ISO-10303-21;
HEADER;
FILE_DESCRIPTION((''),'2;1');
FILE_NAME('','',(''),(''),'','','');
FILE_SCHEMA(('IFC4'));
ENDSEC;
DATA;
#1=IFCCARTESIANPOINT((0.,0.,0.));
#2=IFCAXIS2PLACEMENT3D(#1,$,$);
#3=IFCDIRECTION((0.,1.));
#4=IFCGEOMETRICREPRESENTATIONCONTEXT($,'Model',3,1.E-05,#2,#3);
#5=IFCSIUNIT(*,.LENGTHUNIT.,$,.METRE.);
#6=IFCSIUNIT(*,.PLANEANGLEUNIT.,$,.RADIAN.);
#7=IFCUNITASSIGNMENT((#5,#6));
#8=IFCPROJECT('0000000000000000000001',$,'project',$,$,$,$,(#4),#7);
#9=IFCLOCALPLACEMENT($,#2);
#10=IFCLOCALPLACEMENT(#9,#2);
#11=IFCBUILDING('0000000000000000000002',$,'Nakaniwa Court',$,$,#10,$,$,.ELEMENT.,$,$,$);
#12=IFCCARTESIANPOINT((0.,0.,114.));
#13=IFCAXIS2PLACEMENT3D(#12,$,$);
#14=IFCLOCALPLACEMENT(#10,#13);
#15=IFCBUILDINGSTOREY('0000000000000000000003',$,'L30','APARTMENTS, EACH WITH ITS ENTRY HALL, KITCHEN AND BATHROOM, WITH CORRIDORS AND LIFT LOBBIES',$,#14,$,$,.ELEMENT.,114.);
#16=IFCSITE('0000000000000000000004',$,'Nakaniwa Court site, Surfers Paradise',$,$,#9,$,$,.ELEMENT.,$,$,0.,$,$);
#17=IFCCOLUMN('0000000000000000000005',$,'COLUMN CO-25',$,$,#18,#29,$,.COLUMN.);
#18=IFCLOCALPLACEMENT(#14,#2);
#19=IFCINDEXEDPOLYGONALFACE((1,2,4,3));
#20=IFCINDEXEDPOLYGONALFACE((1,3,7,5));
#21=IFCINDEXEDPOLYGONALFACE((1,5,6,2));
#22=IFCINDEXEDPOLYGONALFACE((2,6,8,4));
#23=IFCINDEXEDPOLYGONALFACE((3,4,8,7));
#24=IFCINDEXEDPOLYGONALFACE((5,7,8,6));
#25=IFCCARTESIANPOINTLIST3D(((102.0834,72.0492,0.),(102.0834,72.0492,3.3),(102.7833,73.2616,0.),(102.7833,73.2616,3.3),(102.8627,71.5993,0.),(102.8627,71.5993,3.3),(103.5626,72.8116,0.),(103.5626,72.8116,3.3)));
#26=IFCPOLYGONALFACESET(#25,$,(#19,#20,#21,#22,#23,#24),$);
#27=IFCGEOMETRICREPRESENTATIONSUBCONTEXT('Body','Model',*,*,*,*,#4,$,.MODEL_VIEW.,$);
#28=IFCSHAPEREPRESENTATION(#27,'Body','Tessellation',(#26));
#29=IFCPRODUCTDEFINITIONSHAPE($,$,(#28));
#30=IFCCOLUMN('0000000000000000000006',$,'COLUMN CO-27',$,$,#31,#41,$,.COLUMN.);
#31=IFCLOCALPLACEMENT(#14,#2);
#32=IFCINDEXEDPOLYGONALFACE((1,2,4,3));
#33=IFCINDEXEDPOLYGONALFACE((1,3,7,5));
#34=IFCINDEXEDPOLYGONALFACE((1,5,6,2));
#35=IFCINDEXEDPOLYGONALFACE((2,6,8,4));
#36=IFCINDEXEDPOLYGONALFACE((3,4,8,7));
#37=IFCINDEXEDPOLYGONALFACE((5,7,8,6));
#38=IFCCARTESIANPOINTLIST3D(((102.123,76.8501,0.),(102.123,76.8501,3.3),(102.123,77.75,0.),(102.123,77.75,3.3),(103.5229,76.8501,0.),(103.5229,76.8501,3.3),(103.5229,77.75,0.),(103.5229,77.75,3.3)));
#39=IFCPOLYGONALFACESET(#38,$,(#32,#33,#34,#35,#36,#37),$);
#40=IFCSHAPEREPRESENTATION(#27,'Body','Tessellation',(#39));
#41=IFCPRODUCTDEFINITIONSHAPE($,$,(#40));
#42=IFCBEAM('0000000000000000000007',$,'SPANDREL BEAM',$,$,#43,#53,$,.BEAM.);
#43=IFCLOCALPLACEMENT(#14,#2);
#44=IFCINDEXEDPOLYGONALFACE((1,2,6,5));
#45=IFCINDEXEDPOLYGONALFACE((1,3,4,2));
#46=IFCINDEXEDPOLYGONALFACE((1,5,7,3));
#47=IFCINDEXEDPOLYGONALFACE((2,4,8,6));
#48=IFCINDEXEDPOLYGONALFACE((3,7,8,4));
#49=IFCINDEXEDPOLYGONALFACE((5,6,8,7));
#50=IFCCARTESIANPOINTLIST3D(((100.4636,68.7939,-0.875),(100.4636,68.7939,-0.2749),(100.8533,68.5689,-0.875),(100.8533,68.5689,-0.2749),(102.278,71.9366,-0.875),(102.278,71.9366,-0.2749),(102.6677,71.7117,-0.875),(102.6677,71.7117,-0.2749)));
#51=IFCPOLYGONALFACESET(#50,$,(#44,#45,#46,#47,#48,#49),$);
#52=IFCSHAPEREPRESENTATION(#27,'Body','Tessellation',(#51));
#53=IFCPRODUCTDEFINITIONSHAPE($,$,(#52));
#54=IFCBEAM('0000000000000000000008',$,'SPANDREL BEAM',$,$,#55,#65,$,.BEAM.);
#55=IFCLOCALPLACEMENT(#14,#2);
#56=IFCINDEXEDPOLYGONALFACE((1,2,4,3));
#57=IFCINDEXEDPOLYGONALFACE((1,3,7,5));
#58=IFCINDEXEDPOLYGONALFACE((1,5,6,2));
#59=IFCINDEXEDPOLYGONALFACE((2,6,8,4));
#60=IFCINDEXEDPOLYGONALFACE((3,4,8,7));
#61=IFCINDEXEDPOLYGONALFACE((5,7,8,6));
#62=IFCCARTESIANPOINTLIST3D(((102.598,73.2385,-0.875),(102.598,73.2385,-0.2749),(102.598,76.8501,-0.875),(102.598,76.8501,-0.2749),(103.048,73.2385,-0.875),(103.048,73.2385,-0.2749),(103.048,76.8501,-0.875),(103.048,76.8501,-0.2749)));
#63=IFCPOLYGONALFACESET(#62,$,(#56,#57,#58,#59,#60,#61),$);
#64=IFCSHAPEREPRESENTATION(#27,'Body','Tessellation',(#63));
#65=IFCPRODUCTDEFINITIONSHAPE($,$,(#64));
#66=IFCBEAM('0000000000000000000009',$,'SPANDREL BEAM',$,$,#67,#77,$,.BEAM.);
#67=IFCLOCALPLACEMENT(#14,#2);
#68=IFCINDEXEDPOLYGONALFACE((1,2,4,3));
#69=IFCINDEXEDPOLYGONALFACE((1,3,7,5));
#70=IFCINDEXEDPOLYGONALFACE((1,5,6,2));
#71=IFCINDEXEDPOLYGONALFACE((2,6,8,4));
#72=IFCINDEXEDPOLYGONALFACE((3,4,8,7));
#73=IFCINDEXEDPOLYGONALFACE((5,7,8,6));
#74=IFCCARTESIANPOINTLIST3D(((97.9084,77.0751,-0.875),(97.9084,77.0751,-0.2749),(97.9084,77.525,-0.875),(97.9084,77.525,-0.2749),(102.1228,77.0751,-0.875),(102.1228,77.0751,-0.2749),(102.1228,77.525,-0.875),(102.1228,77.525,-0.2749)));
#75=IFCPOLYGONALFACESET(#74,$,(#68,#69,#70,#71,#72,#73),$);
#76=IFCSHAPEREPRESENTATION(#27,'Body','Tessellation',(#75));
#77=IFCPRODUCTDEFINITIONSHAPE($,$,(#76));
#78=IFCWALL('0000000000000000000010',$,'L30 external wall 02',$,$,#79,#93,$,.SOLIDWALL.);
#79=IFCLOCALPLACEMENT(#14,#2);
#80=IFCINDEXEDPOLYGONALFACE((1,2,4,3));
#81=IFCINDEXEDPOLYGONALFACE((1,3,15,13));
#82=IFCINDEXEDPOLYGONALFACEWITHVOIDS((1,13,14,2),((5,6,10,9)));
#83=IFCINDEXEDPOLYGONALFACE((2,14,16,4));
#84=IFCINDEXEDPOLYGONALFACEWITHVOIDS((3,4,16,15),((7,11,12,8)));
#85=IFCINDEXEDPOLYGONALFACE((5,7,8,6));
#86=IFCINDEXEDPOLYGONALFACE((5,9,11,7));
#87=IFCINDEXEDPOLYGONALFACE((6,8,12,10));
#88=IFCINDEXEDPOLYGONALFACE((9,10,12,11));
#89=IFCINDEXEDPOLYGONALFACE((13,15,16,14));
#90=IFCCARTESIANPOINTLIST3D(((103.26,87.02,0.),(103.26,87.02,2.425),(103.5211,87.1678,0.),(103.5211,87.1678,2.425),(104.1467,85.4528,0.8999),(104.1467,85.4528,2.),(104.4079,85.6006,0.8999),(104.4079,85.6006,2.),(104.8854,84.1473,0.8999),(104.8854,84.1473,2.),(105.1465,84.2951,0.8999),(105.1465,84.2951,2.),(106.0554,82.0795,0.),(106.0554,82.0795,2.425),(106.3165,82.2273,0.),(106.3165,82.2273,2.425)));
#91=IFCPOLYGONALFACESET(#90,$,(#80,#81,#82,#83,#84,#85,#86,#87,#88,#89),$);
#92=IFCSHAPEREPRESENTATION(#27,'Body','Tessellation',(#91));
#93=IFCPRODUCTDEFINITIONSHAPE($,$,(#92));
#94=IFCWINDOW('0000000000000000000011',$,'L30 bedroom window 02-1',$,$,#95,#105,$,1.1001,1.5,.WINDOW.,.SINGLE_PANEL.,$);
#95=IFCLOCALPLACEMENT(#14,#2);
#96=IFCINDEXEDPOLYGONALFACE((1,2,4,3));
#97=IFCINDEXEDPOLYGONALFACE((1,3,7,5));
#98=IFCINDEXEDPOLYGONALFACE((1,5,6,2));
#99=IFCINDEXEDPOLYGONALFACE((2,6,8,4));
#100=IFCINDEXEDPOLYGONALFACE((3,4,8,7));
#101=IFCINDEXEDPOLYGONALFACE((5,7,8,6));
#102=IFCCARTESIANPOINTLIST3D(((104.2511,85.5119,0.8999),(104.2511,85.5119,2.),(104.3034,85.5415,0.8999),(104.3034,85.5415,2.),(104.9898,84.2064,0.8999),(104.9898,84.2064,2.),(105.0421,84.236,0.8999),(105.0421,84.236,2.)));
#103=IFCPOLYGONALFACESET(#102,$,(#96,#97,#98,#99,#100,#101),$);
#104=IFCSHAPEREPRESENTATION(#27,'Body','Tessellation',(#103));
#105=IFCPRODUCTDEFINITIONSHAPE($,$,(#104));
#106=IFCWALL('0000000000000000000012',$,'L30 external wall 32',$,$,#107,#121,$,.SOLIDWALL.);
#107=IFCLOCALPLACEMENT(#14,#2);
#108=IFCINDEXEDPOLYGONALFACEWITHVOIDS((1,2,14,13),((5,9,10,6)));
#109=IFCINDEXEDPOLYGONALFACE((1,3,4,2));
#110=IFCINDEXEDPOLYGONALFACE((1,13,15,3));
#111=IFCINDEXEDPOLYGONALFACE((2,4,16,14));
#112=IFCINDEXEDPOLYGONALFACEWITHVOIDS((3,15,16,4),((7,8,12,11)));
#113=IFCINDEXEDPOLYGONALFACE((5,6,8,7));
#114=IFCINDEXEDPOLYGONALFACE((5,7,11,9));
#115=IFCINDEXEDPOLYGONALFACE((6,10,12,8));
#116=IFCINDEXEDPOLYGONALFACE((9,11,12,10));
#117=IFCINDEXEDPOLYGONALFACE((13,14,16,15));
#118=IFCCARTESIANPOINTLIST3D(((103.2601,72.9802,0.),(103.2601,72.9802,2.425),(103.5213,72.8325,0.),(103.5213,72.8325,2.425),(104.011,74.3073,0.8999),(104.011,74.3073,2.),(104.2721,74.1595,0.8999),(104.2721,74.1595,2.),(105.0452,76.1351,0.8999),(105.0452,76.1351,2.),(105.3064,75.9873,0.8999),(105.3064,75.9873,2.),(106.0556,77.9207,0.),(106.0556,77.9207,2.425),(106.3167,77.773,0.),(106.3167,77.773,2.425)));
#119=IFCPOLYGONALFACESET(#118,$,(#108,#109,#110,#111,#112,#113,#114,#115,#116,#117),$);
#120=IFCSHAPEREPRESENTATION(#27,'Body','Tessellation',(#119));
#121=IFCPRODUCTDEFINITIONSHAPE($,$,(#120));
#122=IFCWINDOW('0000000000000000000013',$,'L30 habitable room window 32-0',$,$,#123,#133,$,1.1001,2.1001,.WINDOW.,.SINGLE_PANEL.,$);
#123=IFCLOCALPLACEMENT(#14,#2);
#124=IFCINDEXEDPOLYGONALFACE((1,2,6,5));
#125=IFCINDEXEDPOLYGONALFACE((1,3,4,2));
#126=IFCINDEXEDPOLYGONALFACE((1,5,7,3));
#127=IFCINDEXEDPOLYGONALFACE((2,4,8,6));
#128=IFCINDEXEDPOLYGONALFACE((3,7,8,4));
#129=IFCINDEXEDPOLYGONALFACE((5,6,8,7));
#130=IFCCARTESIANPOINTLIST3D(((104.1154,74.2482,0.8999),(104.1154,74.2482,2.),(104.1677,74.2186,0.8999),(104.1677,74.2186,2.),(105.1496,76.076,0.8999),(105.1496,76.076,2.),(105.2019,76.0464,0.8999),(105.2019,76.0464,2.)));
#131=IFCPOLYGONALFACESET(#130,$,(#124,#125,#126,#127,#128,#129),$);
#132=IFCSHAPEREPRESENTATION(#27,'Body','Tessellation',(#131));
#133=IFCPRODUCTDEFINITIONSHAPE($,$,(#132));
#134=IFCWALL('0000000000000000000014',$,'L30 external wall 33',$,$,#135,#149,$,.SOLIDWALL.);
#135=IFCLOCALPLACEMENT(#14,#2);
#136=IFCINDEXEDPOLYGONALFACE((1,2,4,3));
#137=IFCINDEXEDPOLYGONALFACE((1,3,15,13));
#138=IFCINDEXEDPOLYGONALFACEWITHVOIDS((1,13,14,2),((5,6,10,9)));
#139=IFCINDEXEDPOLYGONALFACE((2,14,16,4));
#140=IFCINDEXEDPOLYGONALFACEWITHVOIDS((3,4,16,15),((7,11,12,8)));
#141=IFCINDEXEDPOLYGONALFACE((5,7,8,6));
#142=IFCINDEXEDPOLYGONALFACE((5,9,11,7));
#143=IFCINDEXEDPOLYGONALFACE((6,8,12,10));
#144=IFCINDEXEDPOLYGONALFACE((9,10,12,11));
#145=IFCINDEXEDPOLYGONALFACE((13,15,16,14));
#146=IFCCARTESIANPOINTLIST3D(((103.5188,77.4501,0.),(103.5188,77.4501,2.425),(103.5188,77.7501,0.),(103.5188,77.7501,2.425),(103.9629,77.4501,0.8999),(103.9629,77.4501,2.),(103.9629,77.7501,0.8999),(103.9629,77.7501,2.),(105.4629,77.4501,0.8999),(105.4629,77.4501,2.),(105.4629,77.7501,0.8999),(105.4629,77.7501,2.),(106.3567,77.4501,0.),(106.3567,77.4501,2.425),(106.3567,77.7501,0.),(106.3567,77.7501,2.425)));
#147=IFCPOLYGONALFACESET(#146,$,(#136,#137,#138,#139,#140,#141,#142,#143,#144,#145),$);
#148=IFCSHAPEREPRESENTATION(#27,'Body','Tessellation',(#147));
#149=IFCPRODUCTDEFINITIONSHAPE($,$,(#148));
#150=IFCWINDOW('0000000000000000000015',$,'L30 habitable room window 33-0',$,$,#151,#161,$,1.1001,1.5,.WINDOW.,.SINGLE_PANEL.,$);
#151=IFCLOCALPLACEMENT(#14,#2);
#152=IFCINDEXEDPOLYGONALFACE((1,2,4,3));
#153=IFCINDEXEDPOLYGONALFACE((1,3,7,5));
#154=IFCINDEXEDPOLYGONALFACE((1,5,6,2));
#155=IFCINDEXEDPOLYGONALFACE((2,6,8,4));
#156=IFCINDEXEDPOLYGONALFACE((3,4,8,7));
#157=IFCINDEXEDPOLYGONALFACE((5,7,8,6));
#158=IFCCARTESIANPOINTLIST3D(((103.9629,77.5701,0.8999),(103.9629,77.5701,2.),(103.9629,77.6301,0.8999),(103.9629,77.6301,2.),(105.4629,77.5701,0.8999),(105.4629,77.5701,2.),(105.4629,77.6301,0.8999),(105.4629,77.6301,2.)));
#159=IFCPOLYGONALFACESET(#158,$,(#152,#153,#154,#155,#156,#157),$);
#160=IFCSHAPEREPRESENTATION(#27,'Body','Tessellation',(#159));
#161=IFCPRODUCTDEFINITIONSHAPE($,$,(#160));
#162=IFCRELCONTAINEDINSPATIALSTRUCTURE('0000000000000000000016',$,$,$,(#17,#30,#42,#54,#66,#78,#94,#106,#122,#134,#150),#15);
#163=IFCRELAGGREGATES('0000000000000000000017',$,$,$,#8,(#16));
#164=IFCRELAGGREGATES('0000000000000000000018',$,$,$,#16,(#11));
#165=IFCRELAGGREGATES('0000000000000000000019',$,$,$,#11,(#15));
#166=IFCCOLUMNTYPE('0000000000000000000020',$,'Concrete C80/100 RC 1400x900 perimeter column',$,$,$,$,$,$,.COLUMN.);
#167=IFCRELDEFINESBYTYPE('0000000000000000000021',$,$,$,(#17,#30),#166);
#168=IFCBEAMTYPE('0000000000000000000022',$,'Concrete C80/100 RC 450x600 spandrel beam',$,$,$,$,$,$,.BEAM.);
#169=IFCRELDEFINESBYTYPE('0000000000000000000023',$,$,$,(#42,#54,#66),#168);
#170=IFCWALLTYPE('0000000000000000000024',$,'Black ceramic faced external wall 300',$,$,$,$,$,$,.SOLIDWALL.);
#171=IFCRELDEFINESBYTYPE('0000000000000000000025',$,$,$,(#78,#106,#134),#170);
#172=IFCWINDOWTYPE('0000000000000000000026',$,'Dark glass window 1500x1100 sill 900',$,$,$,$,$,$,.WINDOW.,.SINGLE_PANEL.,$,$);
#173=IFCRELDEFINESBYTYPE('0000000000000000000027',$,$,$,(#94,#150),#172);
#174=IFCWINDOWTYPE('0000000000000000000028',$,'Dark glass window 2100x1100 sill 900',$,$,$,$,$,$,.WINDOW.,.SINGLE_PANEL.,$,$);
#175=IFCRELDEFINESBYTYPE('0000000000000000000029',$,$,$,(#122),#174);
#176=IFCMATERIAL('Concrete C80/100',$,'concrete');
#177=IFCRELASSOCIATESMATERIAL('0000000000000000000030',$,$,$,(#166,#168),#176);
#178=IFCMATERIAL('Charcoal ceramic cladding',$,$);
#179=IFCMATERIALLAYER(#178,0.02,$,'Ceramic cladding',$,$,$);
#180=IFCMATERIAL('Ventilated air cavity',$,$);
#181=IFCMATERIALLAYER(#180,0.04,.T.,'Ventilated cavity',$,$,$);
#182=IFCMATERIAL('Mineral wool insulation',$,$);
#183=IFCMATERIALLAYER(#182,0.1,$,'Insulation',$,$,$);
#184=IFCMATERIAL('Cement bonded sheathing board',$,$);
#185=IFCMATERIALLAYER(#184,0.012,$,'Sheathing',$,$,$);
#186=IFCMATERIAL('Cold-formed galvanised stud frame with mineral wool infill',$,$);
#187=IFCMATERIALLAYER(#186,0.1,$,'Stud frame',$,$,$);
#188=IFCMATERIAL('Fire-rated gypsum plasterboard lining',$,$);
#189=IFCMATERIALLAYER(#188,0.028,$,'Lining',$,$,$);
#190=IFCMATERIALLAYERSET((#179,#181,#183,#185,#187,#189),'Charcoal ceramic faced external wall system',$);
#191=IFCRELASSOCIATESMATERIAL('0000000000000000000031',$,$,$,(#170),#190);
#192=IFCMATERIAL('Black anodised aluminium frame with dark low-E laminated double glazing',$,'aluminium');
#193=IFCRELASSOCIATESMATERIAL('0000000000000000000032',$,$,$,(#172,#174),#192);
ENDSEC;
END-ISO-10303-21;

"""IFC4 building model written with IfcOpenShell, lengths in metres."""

from ifc_helpers import new_model, si_unit, direction, frame, frame_2d, origin, origin_2d, place, context, subcontext, project, spatial, rectangle, extrude, material, layer, layer_set, material_profile, profile_set, type_object, element, fill, save


model = new_model("IFC4")

# Units and contexts
model_context = context("Model", 3, precision=1e-05, world=origin(), true_north=direction((0.0, 1.0)))
body_context = subcontext(model_context, "Body", "Model", "MODEL_VIEW")
ifc_project = project(units=[si_unit("LENGTHUNIT", "METRE"), si_unit("PLANEANGLEUNIT", "RADIAN")], contexts=[model_context])

# Site, building, storey
site_placement = place(None, origin())
site = spatial("IfcSite", under=ifc_project, at=site_placement, Name="Nakaniwa Court site, Surfers Paradise", CompositionType="ELEMENT", RefElevation=0.0)
building_placement = place(site_placement, origin())
building = spatial("IfcBuilding", under=site, at=building_placement, Name="Nakaniwa Court", CompositionType="ELEMENT")
storey_placement = place(building_placement, frame((0.0, 0.0, 114.0)))
storey = spatial("IfcBuildingStorey", under=building, at=storey_placement, Name="L30", Description="APARTMENTS, EACH WITH ITS ENTRY HALL, KITCHEN AND BATHROOM, WITH CORRIDORS AND LIFT LOBBIES", CompositionType="ELEMENT", Elevation=114.0)

# Columns
ifc_material_1 = material(Name="Concrete C80/100", Category="concrete")
ifc_material_profile_1 = material_profile(ifc_material_1, rectangle(XDim=1.3999, YDim=0.8999, at=origin_2d()), Name="Concrete C80/100 RC 1400x900 perimeter column")
ifc_profile_set_1 = profile_set([ifc_material_profile_1], Name="Concrete C80/100")
column_type = type_object("IfcColumnType", Name="Concrete C80/100 RC 1400x900 perimeter column", PredefinedType="COLUMN", material=ifc_profile_set_1)
for number, where, z_axis, x_axis, name in (
    (1, (102.823, 72.4304, 0.0), (0.0, 0.0, 1.0), (0.5, 0.866025, 0.0), "COLUMN CO-25"),
    (2, (102.823, 77.3, 0.0), (0.0, 0.0, 1.0), (-1.0, 0.0, 0.0), "COLUMN CO-27"),
):
    element("IfcColumn", number, at=place(storey_placement, frame(where, z_axis=z_axis, x_axis=x_axis)), inside=storey, type_object=column_type, Name=name, PredefinedType="COLUMN", context=body_context, shape_type="SweptSolid", body=[
        extrude(rectangle(XDim=1.3999, YDim=0.8999, at=origin_2d()), origin(), (0.0, 0.0, 1.0), 3.3),
    ])

# Beams
ifc_material_profile_2 = material_profile(ifc_material_1, rectangle(XDim=0.45, YDim=0.6001, at=origin_2d()), Name="Concrete C80/100 RC 450x600 spandrel beam")
ifc_profile_set_2 = profile_set([ifc_material_profile_2], Name="Concrete C80/100")
beam_type = type_object("IfcBeamType", Name="Concrete C80/100 RC 450x600 spandrel beam", PredefinedType="BEAM", material=ifc_profile_set_2)
beam_1_placement = place(storey_placement, frame((100.6584, 68.6814, -0.575), z_axis=(0.499988, 0.866032, 0.0), x_axis=(-0.866032, 0.499988, 0.0)))
element("IfcBeam", 3, at=beam_1_placement, inside=storey, type_object=beam_type, Name="SPANDREL BEAM", PredefinedType="BEAM", context=body_context, shape_type="SweptSolid", body=[
    extrude(rectangle(XDim=0.45, YDim=0.6001, at=origin_2d()), origin(), (0.0, 0.0, 1.0), 3.6289),
])
beam_2_placement = place(storey_placement, frame((102.823, 73.2385, -0.575), z_axis=(0.0, 1.0, 0.0), x_axis=(-1.0, 0.0, 0.0)))
element("IfcBeam", 4, at=beam_2_placement, inside=storey, type_object=beam_type, Name="SPANDREL BEAM", PredefinedType="BEAM", context=body_context, shape_type="SweptSolid", body=[
    extrude(rectangle(XDim=0.45, YDim=0.6001, at=origin_2d()), origin(), (0.0, 0.0, 1.0), 3.6116),
])
beam_3_placement = place(storey_placement, frame((102.1228, 77.3, -0.575), z_axis=(-1.0, 0.0, 0.0), x_axis=(0.0, -1.0, 0.0)))
element("IfcBeam", 5, at=beam_3_placement, inside=storey, type_object=beam_type, Name="SPANDREL BEAM", PredefinedType="BEAM", context=body_context, shape_type="SweptSolid", body=[
    extrude(rectangle(XDim=0.45, YDim=0.6001, at=origin_2d()), origin(), (0.0, 0.0, 1.0), 4.2144),
])

# Walls, openings, windows
ifc_material_2 = material(Name="Charcoal ceramic cladding")
ifc_layer_1 = layer(ifc_material_2, 0.02, Name="Ceramic cladding")
ifc_material_3 = material(Name="Ventilated air cavity")
ifc_layer_2 = layer(ifc_material_3, 0.04, ventilated=True, Name="Ventilated cavity")
ifc_material_4 = material(Name="Mineral wool insulation")
ifc_layer_3 = layer(ifc_material_4, 0.1, Name="Insulation")
ifc_material_5 = material(Name="Cement bonded sheathing board")
ifc_layer_4 = layer(ifc_material_5, 0.012, Name="Sheathing")
ifc_material_6 = material(Name="Cold-formed galvanised stud frame with mineral wool infill")
ifc_layer_5 = layer(ifc_material_6, 0.1, Name="Stud frame")
ifc_material_7 = material(Name="Fire-rated gypsum plasterboard lining")
ifc_layer_6 = layer(ifc_material_7, 0.028, Name="Lining")
ifc_layer_set = layer_set([ifc_layer_1, ifc_layer_2, ifc_layer_3, ifc_layer_4, ifc_layer_5, ifc_layer_6], Name="Charcoal ceramic faced external wall system")
wall_type = type_object("IfcWallType", Name="Black ceramic faced external wall 300", PredefinedType="SOLIDWALL", material=ifc_layer_set)
wall_1_placement = place(storey_placement, frame((106.186, 82.1533, 0.0), z_axis=(0.0, 0.0, 1.0), x_axis=(-0.492457, 0.870337, 0.0)))
wall_1 = element("IfcWall", 6, at=wall_1_placement, inside=storey, type_object=wall_type, Name="L30 external wall 02", PredefinedType="SOLIDWALL", context=body_context, shape_type="SweptSolid", body=[
    extrude(rectangle(XDim=5.6765, YDim=0.3, at=frame_2d((2.8384, 0.0))), origin(), (0.0, 0.0, 1.0), 2.425),
])
opening_1_placement = place(wall_1_placement, frame((2.376, 0.0, 0.8999)))
opening_1 = element("IfcOpeningElement", 7, at=opening_1_placement, cuts=wall_1, PredefinedType="OPENING", context=body_context, shape_type="SweptSolid", body=[
    extrude(rectangle(XDim=1.5, YDim=1.1001, at=frame_2d((0.75, 0.55))), frame((0.0, 0.1599, 0.0), z_axis=(0.0, -1.0, 0.0), x_axis=(1.0, 0.0, 0.0)), (0.0, 0.0, 1.0), 0.3201),
])
ifc_material_8 = material(Name="Black anodised aluminium frame with dark low-E laminated double glazing", Category="aluminium")
window_type_1 = type_object("IfcWindowType", Name="Dark glass window 1500x1100 sill 900", PartitioningType="SINGLE_PANEL", PredefinedType="WINDOW", material=ifc_material_8)
window_1_placement = place(opening_1_placement, origin())
window_1 = element("IfcWindow", 8, at=window_1_placement, inside=storey, type_object=window_type_1, Name="L30 bedroom window 02-1", OverallHeight=1.1001, OverallWidth=1.5, PartitioningType="SINGLE_PANEL", PredefinedType="WINDOW", context=body_context, shape_type="SweptSolid", body=[
    extrude(rectangle(XDim=1.5, YDim=1.1001, at=frame_2d((0.75, 0.55))), frame((0.0, 0.03, 0.0), z_axis=(0.0, -1.0, 0.0), x_axis=(1.0, 0.0, 0.0)), (0.0, 0.0, 1.0), 0.0601),
])
fill(opening_1, window_1)
wall_2_placement = place(storey_placement, frame((103.3906, 72.9062, 0.0), z_axis=(0.0, 0.0, 1.0), x_axis=(0.492457, 0.870337, 0.0)))
wall_2 = element("IfcWall", 9, at=wall_2_placement, inside=storey, type_object=wall_type, Name="L30 external wall 32", PredefinedType="SOLIDWALL", context=body_context, shape_type="SweptSolid", body=[
    extrude(rectangle(XDim=5.6765, YDim=0.3, at=frame_2d((2.8384, 0.0))), origin(), (0.0, 0.0, 1.0), 2.425),
])
opening_2_placement = place(wall_2_placement, frame((1.5249, 0.0, 0.8999)))
opening_2 = element("IfcOpeningElement", 10, at=opening_2_placement, cuts=wall_2, PredefinedType="OPENING", context=body_context, shape_type="SweptSolid", body=[
    extrude(rectangle(XDim=2.1001, YDim=1.1001, at=frame_2d((1.05, 0.55))), frame((0.0, 0.1599, 0.0), z_axis=(0.0, -1.0, 0.0), x_axis=(1.0, 0.0, 0.0)), (0.0, 0.0, 1.0), 0.3201),
])
window_type_2 = type_object("IfcWindowType", Name="Dark glass window 2100x1100 sill 900", PartitioningType="SINGLE_PANEL", PredefinedType="WINDOW", material=ifc_material_8)
window_2_placement = place(opening_2_placement, origin())
window_2 = element("IfcWindow", 11, at=window_2_placement, inside=storey, type_object=window_type_2, Name="L30 habitable room window 32-0", OverallHeight=1.1001, OverallWidth=2.1001, PartitioningType="SINGLE_PANEL", PredefinedType="WINDOW", context=body_context, shape_type="SweptSolid", body=[
    extrude(rectangle(XDim=2.1001, YDim=1.1001, at=frame_2d((1.05, 0.55))), frame((0.0, 0.03, 0.0), z_axis=(0.0, -1.0, 0.0), x_axis=(1.0, 0.0, 0.0)), (0.0, 0.0, 1.0), 0.0601),
])
fill(opening_2, window_2)
wall_3_placement = place(storey_placement, frame((106.3567, 77.6001, 0.0), z_axis=(0.0, 0.0, 1.0), x_axis=(-1.0, 0.0, 0.0)))
wall_3 = element("IfcWall", 12, at=wall_3_placement, inside=storey, type_object=wall_type, Name="L30 external wall 33", PredefinedType="SOLIDWALL", context=body_context, shape_type="SweptSolid", body=[
    extrude(rectangle(XDim=2.8379, YDim=0.3, at=frame_2d((1.4189, 0.0))), origin(), (0.0, 0.0, 1.0), 2.425),
])
opening_3_placement = place(wall_3_placement, frame((0.8938, 0.0, 0.8999)))
opening_3 = element("IfcOpeningElement", 13, at=opening_3_placement, cuts=wall_3, PredefinedType="OPENING", context=body_context, shape_type="SweptSolid", body=[
    extrude(rectangle(XDim=1.5, YDim=1.1001, at=frame_2d((0.75, 0.55))), frame((0.0, 0.1599, 0.0), z_axis=(0.0, -1.0, 0.0), x_axis=(1.0, 0.0, 0.0)), (0.0, 0.0, 1.0), 0.3201),
])
window_3_placement = place(opening_3_placement, origin())
window_3 = element("IfcWindow", 14, at=window_3_placement, inside=storey, type_object=window_type_1, Name="L30 habitable room window 33-0", OverallHeight=1.1001, OverallWidth=1.5, PartitioningType="SINGLE_PANEL", PredefinedType="WINDOW", context=body_context, shape_type="SweptSolid", body=[
    extrude(rectangle(XDim=1.5, YDim=1.1001, at=frame_2d((0.75, 0.55))), frame((0.0, 0.03, 0.0), z_axis=(0.0, -1.0, 0.0), x_axis=(1.0, 0.0, 0.0)), (0.0, 0.0, 1.0), 0.0601),
])
fill(opening_3, window_3)

save(model, "model.ifc")
